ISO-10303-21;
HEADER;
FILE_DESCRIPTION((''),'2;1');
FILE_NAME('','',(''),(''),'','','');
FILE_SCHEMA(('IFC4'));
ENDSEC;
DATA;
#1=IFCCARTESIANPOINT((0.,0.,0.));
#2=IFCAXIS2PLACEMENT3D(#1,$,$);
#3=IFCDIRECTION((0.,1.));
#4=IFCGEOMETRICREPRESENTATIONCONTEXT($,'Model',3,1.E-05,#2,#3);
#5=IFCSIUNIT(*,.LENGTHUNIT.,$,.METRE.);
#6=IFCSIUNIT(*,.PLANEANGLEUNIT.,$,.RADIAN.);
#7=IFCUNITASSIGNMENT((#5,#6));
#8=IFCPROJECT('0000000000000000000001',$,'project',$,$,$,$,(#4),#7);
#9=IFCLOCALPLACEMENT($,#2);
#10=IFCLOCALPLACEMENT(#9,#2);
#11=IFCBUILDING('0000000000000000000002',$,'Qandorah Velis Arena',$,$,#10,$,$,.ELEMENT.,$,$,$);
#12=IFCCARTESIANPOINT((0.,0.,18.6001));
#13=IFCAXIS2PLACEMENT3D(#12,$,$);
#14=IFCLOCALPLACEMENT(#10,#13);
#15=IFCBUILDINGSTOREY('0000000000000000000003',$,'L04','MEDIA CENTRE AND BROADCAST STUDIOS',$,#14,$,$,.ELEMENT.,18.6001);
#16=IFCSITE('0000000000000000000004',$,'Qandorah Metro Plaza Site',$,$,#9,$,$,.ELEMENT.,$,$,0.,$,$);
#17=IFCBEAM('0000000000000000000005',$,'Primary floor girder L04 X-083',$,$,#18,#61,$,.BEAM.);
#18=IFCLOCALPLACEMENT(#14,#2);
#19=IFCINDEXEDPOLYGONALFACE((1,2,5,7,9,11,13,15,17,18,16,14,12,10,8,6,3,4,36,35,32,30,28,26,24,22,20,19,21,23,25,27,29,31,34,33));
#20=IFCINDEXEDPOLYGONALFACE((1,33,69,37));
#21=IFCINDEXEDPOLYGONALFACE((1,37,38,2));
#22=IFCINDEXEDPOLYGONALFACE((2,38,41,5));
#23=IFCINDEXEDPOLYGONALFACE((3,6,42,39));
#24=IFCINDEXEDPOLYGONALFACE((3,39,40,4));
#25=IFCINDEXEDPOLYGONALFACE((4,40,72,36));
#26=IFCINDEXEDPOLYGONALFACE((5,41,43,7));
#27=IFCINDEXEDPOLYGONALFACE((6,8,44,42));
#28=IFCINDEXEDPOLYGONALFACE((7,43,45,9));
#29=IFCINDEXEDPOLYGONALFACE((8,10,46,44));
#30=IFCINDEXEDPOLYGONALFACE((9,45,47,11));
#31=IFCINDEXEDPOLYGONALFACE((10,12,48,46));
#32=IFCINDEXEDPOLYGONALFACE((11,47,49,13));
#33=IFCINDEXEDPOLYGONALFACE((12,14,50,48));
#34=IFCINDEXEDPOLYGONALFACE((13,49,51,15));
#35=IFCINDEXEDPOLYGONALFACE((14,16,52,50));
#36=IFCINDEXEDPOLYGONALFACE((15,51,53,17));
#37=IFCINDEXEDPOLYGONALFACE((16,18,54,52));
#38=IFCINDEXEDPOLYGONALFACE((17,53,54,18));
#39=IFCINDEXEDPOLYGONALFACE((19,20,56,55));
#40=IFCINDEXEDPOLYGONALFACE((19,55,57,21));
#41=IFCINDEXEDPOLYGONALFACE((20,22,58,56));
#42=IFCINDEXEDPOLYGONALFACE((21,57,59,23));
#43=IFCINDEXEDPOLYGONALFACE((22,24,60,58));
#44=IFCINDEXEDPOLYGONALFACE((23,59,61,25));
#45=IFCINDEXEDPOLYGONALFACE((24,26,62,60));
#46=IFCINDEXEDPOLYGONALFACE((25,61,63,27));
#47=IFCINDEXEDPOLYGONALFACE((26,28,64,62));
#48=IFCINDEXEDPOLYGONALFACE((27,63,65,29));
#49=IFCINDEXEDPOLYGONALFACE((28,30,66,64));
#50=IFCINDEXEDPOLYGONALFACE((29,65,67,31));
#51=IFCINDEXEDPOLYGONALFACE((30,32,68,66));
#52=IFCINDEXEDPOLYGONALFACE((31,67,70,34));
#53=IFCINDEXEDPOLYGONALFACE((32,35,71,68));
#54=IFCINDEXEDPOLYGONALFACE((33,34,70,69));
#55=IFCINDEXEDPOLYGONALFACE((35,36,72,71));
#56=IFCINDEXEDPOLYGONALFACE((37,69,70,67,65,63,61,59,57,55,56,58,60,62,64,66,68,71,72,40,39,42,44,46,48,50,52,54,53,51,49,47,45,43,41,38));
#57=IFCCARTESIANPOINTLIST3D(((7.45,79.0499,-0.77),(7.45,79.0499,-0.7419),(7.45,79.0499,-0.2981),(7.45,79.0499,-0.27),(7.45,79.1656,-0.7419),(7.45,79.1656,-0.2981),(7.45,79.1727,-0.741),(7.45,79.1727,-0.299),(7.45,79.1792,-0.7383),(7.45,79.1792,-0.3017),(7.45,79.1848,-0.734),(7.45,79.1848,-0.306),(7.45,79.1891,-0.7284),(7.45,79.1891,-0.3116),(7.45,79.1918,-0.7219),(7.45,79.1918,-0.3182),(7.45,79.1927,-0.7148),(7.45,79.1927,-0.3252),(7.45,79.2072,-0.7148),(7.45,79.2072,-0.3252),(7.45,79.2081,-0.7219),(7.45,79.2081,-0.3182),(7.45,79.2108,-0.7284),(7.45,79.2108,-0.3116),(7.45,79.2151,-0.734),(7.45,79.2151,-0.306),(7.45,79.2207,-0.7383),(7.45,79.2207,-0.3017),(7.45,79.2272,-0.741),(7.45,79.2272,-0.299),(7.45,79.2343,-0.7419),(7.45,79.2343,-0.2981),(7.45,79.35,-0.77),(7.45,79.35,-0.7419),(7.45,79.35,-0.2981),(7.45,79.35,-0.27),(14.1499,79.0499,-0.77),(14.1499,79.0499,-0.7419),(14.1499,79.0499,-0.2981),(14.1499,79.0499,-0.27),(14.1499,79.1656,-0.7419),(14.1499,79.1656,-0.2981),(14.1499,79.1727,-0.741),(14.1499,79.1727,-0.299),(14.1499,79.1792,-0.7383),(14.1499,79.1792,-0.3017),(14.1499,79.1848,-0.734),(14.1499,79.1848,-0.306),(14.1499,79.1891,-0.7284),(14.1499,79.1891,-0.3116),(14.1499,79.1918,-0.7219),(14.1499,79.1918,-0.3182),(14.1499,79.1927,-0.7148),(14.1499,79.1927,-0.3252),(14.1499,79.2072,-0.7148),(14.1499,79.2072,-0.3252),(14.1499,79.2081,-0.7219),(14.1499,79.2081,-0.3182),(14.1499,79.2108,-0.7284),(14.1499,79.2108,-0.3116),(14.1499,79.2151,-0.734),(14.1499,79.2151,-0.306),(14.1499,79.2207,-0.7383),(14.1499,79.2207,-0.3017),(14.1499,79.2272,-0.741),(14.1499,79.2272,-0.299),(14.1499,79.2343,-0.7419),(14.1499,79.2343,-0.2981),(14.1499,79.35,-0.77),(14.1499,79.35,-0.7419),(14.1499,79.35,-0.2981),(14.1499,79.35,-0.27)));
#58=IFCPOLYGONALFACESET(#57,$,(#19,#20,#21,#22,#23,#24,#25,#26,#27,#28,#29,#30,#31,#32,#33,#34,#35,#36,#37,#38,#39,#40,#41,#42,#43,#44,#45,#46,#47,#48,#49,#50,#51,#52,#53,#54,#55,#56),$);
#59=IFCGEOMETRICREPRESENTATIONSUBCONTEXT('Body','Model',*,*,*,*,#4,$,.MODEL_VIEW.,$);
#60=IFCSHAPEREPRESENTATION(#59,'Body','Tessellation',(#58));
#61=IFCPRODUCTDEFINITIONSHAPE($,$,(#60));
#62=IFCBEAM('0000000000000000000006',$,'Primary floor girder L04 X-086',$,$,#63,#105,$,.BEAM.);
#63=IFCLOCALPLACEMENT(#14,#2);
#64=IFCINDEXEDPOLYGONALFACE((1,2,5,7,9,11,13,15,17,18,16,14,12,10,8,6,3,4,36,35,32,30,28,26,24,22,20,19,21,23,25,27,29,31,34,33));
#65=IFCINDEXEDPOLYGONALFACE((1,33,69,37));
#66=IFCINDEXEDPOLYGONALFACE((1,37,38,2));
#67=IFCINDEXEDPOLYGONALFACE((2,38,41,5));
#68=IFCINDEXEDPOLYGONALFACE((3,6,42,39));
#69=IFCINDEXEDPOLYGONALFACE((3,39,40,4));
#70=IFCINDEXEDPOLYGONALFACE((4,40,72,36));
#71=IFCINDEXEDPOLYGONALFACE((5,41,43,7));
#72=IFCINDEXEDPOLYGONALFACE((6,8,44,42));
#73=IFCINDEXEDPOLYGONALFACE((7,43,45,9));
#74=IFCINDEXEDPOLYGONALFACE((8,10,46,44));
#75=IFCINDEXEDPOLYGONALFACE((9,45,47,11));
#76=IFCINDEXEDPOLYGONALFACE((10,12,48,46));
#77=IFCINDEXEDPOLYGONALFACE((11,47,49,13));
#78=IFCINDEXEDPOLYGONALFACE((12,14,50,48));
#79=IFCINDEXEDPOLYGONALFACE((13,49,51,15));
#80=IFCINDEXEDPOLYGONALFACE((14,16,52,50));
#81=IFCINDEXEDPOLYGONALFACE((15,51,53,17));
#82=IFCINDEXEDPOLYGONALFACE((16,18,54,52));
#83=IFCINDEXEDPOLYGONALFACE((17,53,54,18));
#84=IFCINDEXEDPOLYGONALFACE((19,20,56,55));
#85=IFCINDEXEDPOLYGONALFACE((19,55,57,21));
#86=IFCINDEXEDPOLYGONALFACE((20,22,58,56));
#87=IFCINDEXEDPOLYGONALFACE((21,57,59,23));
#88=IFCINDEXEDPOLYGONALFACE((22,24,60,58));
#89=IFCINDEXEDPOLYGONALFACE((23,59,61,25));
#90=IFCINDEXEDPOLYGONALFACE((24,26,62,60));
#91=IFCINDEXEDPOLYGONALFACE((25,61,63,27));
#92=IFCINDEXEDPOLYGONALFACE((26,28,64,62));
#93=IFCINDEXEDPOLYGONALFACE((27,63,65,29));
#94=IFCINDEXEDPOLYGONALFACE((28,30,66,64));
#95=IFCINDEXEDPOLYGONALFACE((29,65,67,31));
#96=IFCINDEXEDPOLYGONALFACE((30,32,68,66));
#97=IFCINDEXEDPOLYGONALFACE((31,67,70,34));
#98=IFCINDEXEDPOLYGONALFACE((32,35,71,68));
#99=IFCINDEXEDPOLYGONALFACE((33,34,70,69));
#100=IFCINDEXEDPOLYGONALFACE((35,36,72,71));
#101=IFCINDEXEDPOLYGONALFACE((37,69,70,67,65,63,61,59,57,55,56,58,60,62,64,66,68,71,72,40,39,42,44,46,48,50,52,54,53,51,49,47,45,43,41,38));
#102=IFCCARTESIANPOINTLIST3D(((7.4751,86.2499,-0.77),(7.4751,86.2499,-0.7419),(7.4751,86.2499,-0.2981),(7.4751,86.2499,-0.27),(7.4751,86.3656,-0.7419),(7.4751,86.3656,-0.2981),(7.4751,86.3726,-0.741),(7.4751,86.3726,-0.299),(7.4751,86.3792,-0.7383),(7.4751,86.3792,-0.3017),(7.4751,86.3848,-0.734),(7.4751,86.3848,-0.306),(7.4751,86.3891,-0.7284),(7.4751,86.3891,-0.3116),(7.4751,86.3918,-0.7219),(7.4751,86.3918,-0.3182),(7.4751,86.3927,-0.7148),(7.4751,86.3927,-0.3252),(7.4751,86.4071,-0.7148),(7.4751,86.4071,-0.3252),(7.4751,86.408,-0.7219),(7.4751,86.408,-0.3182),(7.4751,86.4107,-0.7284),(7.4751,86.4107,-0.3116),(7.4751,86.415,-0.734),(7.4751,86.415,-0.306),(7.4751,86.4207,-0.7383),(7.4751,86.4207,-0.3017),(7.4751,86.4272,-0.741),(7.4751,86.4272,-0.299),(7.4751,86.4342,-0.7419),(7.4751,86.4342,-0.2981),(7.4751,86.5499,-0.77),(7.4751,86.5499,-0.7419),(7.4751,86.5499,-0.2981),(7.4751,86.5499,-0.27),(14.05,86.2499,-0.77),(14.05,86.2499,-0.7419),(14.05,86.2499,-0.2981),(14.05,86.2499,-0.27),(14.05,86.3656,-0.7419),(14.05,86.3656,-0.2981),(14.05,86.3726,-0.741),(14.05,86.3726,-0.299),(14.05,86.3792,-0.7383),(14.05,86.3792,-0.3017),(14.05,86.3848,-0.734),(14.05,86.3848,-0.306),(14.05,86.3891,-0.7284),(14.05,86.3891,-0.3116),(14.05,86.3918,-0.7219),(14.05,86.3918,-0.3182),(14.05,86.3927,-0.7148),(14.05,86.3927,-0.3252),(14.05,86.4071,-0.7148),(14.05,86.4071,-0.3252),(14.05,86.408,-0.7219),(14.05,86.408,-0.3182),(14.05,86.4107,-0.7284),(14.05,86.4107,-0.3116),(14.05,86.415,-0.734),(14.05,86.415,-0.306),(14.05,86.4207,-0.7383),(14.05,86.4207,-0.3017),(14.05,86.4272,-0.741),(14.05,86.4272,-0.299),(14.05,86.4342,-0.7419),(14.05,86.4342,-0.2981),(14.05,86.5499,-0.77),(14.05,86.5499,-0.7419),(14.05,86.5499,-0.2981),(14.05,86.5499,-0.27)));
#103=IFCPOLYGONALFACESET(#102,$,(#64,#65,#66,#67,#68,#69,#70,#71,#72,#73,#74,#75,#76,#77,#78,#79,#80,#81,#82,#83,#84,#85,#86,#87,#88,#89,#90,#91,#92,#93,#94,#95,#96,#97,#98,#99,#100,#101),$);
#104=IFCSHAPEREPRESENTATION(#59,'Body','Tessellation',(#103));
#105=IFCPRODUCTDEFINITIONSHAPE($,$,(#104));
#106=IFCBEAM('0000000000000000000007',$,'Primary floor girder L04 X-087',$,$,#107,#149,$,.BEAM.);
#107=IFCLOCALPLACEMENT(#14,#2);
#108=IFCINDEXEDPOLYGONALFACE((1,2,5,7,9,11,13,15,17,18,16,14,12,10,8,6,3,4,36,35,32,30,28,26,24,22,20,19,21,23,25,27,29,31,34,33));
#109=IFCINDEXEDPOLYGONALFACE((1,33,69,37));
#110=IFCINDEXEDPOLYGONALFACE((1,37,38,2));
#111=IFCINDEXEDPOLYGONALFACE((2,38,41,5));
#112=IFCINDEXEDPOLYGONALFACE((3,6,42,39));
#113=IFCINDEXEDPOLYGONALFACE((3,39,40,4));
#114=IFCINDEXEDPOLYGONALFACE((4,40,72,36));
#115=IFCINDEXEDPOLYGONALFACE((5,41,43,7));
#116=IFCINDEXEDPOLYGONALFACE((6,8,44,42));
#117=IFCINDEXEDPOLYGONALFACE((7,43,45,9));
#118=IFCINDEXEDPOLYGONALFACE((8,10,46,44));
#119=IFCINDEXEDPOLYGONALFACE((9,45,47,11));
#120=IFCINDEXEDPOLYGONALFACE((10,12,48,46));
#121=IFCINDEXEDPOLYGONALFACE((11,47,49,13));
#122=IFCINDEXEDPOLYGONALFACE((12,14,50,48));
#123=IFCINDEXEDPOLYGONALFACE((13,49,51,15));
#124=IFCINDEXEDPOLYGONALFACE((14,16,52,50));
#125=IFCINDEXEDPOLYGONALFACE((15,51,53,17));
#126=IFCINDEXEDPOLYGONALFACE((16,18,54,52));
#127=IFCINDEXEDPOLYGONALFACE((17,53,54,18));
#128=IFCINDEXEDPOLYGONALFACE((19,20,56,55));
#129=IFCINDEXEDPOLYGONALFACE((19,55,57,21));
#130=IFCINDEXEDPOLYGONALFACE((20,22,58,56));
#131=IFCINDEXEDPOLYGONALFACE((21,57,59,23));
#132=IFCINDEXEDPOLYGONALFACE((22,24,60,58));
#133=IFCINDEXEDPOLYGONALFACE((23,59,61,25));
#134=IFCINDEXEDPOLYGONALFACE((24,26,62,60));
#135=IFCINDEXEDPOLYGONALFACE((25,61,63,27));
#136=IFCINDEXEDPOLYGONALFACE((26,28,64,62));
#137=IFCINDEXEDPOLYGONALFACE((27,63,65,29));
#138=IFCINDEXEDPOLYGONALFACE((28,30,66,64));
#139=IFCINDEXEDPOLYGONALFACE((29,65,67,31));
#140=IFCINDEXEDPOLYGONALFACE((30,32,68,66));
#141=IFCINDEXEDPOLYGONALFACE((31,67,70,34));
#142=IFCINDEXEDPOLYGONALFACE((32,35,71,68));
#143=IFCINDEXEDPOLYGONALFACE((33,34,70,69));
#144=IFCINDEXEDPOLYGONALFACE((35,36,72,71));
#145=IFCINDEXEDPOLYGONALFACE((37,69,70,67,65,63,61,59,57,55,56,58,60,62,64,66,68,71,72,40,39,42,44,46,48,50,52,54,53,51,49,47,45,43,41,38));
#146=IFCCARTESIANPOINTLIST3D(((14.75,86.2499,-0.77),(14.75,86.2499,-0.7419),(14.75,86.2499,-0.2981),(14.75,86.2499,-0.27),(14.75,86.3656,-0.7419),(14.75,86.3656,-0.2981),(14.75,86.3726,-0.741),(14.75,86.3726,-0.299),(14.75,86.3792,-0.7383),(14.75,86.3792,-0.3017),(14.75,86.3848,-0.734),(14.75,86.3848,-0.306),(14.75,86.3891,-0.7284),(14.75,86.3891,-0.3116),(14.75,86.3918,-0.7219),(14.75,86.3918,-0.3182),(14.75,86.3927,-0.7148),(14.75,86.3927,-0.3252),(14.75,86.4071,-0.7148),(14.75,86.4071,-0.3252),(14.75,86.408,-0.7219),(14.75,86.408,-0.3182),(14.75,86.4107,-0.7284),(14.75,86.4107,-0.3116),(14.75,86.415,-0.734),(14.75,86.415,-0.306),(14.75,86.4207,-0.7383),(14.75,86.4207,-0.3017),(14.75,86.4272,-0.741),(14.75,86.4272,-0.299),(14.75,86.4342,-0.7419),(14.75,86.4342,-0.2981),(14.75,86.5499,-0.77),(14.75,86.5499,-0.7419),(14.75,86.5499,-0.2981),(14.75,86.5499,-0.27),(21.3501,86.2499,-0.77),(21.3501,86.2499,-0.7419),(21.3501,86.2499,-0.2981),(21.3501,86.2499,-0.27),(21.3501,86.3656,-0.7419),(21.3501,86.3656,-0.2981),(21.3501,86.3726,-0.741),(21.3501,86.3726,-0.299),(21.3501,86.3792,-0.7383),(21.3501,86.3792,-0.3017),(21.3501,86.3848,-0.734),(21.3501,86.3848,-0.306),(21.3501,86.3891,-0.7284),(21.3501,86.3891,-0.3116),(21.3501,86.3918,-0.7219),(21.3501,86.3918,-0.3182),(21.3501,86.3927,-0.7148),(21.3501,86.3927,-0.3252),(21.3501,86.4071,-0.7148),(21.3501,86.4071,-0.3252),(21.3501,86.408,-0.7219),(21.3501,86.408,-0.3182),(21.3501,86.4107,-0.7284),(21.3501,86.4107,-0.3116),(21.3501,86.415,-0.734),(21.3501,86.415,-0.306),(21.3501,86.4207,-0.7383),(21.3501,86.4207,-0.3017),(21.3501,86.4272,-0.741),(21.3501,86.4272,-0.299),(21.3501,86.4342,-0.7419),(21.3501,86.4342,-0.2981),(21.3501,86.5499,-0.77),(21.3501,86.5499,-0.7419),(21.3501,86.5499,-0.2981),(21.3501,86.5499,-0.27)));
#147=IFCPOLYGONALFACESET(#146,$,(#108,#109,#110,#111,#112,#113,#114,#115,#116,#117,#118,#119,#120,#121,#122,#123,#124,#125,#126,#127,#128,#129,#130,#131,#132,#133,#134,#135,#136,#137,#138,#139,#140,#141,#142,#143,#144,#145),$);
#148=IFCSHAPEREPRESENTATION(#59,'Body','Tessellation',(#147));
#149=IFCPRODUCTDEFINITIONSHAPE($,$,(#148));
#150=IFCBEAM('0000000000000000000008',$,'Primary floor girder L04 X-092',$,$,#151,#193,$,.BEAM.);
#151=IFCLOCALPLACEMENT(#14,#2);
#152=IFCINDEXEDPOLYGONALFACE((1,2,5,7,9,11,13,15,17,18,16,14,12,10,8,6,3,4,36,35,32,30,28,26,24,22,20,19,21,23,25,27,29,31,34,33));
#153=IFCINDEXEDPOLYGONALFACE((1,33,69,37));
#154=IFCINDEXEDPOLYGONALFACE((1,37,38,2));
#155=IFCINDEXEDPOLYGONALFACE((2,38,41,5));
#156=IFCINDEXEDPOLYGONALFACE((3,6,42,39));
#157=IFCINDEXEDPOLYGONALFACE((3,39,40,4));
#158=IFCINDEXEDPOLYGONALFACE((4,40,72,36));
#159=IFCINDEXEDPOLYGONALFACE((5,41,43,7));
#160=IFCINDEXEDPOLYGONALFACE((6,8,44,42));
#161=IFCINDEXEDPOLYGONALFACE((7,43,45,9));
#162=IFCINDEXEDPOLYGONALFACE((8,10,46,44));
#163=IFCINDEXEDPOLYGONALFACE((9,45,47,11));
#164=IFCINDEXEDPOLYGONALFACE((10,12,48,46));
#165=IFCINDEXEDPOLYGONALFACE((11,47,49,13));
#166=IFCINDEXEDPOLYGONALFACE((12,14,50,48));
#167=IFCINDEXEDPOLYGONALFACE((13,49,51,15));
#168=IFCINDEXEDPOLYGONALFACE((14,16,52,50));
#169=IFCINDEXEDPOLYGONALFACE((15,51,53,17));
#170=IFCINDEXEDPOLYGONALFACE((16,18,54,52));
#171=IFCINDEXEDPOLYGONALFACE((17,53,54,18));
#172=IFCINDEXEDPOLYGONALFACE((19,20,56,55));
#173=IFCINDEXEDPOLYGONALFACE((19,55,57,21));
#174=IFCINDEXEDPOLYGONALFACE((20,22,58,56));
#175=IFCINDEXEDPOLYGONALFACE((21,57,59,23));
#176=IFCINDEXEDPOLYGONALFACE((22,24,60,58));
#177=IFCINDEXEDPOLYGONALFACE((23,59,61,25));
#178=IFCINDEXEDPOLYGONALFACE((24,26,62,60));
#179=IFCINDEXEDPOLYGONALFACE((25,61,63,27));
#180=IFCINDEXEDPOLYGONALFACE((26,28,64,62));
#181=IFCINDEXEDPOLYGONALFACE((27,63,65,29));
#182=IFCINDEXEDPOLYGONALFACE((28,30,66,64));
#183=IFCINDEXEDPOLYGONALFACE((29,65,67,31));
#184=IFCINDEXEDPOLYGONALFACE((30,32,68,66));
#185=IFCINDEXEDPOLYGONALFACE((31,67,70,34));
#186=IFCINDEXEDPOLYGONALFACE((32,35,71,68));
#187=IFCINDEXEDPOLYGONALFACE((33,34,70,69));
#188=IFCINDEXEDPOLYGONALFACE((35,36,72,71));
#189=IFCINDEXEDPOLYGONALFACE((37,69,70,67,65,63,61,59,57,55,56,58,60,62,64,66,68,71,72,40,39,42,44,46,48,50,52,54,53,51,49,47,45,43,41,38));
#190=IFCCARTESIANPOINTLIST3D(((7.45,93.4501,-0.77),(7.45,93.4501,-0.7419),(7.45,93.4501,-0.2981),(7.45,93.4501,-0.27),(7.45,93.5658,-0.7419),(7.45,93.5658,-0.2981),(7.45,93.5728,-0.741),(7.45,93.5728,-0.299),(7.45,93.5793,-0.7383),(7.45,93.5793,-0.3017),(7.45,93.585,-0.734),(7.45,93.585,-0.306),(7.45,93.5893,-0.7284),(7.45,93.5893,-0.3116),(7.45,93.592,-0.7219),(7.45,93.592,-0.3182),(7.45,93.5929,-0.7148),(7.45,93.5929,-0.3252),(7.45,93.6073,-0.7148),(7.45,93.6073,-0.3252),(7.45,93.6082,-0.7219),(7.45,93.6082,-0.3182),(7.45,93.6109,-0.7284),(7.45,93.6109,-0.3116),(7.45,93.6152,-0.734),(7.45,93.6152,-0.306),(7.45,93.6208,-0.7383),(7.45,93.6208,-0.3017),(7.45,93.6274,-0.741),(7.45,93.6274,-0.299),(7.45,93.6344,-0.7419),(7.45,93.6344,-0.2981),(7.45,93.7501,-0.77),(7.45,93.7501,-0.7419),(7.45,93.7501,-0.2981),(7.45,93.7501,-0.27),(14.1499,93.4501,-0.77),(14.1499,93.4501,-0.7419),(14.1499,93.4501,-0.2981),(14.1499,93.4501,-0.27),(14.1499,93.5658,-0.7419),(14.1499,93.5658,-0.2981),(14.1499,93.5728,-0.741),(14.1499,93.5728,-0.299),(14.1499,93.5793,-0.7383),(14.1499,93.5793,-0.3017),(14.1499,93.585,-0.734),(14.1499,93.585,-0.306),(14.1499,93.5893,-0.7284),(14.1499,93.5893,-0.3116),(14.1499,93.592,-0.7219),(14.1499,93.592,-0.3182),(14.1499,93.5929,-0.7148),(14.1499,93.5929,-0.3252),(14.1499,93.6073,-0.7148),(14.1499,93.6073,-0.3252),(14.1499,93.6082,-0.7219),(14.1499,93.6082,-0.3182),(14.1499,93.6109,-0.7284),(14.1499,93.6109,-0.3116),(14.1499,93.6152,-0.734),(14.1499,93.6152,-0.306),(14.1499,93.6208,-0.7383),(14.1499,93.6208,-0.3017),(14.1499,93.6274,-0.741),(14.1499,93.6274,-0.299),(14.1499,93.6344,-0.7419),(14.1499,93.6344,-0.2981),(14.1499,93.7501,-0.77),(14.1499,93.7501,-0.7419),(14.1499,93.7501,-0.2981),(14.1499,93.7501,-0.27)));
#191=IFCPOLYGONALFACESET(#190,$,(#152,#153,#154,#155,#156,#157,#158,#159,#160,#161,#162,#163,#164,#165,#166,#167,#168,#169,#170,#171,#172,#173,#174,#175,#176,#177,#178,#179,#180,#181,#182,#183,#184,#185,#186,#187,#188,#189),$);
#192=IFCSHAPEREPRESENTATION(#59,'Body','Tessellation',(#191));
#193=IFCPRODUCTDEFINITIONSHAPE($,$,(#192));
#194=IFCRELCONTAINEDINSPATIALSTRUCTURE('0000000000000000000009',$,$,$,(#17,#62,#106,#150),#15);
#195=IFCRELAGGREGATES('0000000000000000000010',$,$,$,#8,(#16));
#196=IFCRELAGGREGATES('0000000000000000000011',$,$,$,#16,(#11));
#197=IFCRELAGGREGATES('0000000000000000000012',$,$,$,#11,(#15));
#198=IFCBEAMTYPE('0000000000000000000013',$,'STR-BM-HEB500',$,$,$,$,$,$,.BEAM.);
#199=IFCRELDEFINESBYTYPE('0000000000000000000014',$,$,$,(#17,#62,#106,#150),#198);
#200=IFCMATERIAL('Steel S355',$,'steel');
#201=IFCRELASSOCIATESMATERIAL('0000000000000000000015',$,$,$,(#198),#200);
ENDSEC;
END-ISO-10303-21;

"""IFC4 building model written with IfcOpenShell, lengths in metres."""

from ifc_helpers import new_model, si_unit, direction, frame, origin, origin_2d, place, context, subcontext, project, spatial, i_section, extrude, material, material_profile, profile_set, type_object, element, save


model = new_model("IFC4")

# Units and contexts
model_context = context("Model", 3, precision=1e-05, world=origin(), true_north=direction((0.0, 1.0)))
body_context = subcontext(model_context, "Body", "Model", "MODEL_VIEW")
ifc_project = project(units=[si_unit("LENGTHUNIT", "METRE"), si_unit("PLANEANGLEUNIT", "RADIAN")], contexts=[model_context])

# Site, building, storey
site_placement = place(None, origin())
site = spatial("IfcSite", under=ifc_project, at=site_placement, Name="Qandorah Metro Plaza Site", CompositionType="ELEMENT", RefElevation=0.0)
building_placement = place(site_placement, origin())
building = spatial("IfcBuilding", under=site, at=building_placement, Name="Qandorah Velis Arena", CompositionType="ELEMENT")
storey_placement = place(building_placement, frame((0.0, 0.0, 18.6001)))
storey = spatial("IfcBuildingStorey", under=building, at=storey_placement, Name="L04", Description="MEDIA CENTRE AND BROADCAST STUDIOS", CompositionType="ELEMENT", Elevation=18.6001)

# Shared definitions
ifc_material_1 = material(Name="Steel S355", Category="steel")

# Beams
ifc_material_profile_1 = material_profile(ifc_material_1, i_section(OverallWidth=0.3, OverallDepth=0.5, WebThickness=0.0144, FlangeThickness=0.0281, FilletRadius=0.0271, at=origin_2d()), Name="HEB 500")
ifc_profile_set_1 = profile_set([ifc_material_profile_1], Name="Steel S355")
beam_type_1 = type_object("IfcBeamType", Name="STR-BM-HEB500", PredefinedType="BEAM", material=ifc_profile_set_1)
beam_1_placement = place(storey_placement, frame((7.45, 79.2, -0.52), z_axis=(1.0, 0.0, 0.0), x_axis=(0.0, 1.0, 0.0)))
element("IfcBeam", 1, at=beam_1_placement, inside=storey, type_object=beam_type_1, Name="Primary floor girder L04 X-083", PredefinedType="BEAM", context=body_context, shape_type="SweptSolid", body=[
    extrude(i_section(OverallWidth=0.3, OverallDepth=0.5, WebThickness=0.0144, FlangeThickness=0.0281, FilletRadius=0.0271, at=origin_2d()), origin(), (0.0, 0.0, 1.0), 6.7),
])
beam_2_placement = place(storey_placement, frame((7.4751, 86.3999, -0.52), z_axis=(1.0, 0.0, 0.0), x_axis=(0.0, 1.0, 0.0)))
element("IfcBeam", 2, at=beam_2_placement, inside=storey, type_object=beam_type_1, Name="Primary floor girder L04 X-086", PredefinedType="BEAM", context=body_context, shape_type="SweptSolid", body=[
    extrude(i_section(OverallWidth=0.3, OverallDepth=0.5, WebThickness=0.0144, FlangeThickness=0.0281, FilletRadius=0.0271, at=origin_2d()), origin(), (0.0, 0.0, 1.0), 6.575),
])
beam_3_placement = place(storey_placement, frame((14.75, 86.3999, -0.52), z_axis=(1.0, 0.0, 0.0), x_axis=(0.0, 1.0, 0.0)))
element("IfcBeam", 3, at=beam_3_placement, inside=storey, type_object=beam_type_1, Name="Primary floor girder L04 X-087", PredefinedType="BEAM", context=body_context, shape_type="SweptSolid", body=[
    extrude(i_section(OverallWidth=0.3, OverallDepth=0.5, WebThickness=0.0144, FlangeThickness=0.0281, FilletRadius=0.0271, at=origin_2d()), origin(), (0.0, 0.0, 1.0), 6.6001),
])
beam_4_placement = place(storey_placement, frame((7.45, 93.6001, -0.52), z_axis=(1.0, 0.0, 0.0), x_axis=(0.0, 1.0, 0.0)))
element("IfcBeam", 4, at=beam_4_placement, inside=storey, type_object=beam_type_1, Name="Primary floor girder L04 X-092", PredefinedType="BEAM", context=body_context, shape_type="SweptSolid", body=[
    extrude(i_section(OverallWidth=0.3, OverallDepth=0.5, WebThickness=0.0144, FlangeThickness=0.0281, FilletRadius=0.0271, at=origin_2d()), origin(), (0.0, 0.0, 1.0), 6.7),
])

save(model, "model.ifc")
